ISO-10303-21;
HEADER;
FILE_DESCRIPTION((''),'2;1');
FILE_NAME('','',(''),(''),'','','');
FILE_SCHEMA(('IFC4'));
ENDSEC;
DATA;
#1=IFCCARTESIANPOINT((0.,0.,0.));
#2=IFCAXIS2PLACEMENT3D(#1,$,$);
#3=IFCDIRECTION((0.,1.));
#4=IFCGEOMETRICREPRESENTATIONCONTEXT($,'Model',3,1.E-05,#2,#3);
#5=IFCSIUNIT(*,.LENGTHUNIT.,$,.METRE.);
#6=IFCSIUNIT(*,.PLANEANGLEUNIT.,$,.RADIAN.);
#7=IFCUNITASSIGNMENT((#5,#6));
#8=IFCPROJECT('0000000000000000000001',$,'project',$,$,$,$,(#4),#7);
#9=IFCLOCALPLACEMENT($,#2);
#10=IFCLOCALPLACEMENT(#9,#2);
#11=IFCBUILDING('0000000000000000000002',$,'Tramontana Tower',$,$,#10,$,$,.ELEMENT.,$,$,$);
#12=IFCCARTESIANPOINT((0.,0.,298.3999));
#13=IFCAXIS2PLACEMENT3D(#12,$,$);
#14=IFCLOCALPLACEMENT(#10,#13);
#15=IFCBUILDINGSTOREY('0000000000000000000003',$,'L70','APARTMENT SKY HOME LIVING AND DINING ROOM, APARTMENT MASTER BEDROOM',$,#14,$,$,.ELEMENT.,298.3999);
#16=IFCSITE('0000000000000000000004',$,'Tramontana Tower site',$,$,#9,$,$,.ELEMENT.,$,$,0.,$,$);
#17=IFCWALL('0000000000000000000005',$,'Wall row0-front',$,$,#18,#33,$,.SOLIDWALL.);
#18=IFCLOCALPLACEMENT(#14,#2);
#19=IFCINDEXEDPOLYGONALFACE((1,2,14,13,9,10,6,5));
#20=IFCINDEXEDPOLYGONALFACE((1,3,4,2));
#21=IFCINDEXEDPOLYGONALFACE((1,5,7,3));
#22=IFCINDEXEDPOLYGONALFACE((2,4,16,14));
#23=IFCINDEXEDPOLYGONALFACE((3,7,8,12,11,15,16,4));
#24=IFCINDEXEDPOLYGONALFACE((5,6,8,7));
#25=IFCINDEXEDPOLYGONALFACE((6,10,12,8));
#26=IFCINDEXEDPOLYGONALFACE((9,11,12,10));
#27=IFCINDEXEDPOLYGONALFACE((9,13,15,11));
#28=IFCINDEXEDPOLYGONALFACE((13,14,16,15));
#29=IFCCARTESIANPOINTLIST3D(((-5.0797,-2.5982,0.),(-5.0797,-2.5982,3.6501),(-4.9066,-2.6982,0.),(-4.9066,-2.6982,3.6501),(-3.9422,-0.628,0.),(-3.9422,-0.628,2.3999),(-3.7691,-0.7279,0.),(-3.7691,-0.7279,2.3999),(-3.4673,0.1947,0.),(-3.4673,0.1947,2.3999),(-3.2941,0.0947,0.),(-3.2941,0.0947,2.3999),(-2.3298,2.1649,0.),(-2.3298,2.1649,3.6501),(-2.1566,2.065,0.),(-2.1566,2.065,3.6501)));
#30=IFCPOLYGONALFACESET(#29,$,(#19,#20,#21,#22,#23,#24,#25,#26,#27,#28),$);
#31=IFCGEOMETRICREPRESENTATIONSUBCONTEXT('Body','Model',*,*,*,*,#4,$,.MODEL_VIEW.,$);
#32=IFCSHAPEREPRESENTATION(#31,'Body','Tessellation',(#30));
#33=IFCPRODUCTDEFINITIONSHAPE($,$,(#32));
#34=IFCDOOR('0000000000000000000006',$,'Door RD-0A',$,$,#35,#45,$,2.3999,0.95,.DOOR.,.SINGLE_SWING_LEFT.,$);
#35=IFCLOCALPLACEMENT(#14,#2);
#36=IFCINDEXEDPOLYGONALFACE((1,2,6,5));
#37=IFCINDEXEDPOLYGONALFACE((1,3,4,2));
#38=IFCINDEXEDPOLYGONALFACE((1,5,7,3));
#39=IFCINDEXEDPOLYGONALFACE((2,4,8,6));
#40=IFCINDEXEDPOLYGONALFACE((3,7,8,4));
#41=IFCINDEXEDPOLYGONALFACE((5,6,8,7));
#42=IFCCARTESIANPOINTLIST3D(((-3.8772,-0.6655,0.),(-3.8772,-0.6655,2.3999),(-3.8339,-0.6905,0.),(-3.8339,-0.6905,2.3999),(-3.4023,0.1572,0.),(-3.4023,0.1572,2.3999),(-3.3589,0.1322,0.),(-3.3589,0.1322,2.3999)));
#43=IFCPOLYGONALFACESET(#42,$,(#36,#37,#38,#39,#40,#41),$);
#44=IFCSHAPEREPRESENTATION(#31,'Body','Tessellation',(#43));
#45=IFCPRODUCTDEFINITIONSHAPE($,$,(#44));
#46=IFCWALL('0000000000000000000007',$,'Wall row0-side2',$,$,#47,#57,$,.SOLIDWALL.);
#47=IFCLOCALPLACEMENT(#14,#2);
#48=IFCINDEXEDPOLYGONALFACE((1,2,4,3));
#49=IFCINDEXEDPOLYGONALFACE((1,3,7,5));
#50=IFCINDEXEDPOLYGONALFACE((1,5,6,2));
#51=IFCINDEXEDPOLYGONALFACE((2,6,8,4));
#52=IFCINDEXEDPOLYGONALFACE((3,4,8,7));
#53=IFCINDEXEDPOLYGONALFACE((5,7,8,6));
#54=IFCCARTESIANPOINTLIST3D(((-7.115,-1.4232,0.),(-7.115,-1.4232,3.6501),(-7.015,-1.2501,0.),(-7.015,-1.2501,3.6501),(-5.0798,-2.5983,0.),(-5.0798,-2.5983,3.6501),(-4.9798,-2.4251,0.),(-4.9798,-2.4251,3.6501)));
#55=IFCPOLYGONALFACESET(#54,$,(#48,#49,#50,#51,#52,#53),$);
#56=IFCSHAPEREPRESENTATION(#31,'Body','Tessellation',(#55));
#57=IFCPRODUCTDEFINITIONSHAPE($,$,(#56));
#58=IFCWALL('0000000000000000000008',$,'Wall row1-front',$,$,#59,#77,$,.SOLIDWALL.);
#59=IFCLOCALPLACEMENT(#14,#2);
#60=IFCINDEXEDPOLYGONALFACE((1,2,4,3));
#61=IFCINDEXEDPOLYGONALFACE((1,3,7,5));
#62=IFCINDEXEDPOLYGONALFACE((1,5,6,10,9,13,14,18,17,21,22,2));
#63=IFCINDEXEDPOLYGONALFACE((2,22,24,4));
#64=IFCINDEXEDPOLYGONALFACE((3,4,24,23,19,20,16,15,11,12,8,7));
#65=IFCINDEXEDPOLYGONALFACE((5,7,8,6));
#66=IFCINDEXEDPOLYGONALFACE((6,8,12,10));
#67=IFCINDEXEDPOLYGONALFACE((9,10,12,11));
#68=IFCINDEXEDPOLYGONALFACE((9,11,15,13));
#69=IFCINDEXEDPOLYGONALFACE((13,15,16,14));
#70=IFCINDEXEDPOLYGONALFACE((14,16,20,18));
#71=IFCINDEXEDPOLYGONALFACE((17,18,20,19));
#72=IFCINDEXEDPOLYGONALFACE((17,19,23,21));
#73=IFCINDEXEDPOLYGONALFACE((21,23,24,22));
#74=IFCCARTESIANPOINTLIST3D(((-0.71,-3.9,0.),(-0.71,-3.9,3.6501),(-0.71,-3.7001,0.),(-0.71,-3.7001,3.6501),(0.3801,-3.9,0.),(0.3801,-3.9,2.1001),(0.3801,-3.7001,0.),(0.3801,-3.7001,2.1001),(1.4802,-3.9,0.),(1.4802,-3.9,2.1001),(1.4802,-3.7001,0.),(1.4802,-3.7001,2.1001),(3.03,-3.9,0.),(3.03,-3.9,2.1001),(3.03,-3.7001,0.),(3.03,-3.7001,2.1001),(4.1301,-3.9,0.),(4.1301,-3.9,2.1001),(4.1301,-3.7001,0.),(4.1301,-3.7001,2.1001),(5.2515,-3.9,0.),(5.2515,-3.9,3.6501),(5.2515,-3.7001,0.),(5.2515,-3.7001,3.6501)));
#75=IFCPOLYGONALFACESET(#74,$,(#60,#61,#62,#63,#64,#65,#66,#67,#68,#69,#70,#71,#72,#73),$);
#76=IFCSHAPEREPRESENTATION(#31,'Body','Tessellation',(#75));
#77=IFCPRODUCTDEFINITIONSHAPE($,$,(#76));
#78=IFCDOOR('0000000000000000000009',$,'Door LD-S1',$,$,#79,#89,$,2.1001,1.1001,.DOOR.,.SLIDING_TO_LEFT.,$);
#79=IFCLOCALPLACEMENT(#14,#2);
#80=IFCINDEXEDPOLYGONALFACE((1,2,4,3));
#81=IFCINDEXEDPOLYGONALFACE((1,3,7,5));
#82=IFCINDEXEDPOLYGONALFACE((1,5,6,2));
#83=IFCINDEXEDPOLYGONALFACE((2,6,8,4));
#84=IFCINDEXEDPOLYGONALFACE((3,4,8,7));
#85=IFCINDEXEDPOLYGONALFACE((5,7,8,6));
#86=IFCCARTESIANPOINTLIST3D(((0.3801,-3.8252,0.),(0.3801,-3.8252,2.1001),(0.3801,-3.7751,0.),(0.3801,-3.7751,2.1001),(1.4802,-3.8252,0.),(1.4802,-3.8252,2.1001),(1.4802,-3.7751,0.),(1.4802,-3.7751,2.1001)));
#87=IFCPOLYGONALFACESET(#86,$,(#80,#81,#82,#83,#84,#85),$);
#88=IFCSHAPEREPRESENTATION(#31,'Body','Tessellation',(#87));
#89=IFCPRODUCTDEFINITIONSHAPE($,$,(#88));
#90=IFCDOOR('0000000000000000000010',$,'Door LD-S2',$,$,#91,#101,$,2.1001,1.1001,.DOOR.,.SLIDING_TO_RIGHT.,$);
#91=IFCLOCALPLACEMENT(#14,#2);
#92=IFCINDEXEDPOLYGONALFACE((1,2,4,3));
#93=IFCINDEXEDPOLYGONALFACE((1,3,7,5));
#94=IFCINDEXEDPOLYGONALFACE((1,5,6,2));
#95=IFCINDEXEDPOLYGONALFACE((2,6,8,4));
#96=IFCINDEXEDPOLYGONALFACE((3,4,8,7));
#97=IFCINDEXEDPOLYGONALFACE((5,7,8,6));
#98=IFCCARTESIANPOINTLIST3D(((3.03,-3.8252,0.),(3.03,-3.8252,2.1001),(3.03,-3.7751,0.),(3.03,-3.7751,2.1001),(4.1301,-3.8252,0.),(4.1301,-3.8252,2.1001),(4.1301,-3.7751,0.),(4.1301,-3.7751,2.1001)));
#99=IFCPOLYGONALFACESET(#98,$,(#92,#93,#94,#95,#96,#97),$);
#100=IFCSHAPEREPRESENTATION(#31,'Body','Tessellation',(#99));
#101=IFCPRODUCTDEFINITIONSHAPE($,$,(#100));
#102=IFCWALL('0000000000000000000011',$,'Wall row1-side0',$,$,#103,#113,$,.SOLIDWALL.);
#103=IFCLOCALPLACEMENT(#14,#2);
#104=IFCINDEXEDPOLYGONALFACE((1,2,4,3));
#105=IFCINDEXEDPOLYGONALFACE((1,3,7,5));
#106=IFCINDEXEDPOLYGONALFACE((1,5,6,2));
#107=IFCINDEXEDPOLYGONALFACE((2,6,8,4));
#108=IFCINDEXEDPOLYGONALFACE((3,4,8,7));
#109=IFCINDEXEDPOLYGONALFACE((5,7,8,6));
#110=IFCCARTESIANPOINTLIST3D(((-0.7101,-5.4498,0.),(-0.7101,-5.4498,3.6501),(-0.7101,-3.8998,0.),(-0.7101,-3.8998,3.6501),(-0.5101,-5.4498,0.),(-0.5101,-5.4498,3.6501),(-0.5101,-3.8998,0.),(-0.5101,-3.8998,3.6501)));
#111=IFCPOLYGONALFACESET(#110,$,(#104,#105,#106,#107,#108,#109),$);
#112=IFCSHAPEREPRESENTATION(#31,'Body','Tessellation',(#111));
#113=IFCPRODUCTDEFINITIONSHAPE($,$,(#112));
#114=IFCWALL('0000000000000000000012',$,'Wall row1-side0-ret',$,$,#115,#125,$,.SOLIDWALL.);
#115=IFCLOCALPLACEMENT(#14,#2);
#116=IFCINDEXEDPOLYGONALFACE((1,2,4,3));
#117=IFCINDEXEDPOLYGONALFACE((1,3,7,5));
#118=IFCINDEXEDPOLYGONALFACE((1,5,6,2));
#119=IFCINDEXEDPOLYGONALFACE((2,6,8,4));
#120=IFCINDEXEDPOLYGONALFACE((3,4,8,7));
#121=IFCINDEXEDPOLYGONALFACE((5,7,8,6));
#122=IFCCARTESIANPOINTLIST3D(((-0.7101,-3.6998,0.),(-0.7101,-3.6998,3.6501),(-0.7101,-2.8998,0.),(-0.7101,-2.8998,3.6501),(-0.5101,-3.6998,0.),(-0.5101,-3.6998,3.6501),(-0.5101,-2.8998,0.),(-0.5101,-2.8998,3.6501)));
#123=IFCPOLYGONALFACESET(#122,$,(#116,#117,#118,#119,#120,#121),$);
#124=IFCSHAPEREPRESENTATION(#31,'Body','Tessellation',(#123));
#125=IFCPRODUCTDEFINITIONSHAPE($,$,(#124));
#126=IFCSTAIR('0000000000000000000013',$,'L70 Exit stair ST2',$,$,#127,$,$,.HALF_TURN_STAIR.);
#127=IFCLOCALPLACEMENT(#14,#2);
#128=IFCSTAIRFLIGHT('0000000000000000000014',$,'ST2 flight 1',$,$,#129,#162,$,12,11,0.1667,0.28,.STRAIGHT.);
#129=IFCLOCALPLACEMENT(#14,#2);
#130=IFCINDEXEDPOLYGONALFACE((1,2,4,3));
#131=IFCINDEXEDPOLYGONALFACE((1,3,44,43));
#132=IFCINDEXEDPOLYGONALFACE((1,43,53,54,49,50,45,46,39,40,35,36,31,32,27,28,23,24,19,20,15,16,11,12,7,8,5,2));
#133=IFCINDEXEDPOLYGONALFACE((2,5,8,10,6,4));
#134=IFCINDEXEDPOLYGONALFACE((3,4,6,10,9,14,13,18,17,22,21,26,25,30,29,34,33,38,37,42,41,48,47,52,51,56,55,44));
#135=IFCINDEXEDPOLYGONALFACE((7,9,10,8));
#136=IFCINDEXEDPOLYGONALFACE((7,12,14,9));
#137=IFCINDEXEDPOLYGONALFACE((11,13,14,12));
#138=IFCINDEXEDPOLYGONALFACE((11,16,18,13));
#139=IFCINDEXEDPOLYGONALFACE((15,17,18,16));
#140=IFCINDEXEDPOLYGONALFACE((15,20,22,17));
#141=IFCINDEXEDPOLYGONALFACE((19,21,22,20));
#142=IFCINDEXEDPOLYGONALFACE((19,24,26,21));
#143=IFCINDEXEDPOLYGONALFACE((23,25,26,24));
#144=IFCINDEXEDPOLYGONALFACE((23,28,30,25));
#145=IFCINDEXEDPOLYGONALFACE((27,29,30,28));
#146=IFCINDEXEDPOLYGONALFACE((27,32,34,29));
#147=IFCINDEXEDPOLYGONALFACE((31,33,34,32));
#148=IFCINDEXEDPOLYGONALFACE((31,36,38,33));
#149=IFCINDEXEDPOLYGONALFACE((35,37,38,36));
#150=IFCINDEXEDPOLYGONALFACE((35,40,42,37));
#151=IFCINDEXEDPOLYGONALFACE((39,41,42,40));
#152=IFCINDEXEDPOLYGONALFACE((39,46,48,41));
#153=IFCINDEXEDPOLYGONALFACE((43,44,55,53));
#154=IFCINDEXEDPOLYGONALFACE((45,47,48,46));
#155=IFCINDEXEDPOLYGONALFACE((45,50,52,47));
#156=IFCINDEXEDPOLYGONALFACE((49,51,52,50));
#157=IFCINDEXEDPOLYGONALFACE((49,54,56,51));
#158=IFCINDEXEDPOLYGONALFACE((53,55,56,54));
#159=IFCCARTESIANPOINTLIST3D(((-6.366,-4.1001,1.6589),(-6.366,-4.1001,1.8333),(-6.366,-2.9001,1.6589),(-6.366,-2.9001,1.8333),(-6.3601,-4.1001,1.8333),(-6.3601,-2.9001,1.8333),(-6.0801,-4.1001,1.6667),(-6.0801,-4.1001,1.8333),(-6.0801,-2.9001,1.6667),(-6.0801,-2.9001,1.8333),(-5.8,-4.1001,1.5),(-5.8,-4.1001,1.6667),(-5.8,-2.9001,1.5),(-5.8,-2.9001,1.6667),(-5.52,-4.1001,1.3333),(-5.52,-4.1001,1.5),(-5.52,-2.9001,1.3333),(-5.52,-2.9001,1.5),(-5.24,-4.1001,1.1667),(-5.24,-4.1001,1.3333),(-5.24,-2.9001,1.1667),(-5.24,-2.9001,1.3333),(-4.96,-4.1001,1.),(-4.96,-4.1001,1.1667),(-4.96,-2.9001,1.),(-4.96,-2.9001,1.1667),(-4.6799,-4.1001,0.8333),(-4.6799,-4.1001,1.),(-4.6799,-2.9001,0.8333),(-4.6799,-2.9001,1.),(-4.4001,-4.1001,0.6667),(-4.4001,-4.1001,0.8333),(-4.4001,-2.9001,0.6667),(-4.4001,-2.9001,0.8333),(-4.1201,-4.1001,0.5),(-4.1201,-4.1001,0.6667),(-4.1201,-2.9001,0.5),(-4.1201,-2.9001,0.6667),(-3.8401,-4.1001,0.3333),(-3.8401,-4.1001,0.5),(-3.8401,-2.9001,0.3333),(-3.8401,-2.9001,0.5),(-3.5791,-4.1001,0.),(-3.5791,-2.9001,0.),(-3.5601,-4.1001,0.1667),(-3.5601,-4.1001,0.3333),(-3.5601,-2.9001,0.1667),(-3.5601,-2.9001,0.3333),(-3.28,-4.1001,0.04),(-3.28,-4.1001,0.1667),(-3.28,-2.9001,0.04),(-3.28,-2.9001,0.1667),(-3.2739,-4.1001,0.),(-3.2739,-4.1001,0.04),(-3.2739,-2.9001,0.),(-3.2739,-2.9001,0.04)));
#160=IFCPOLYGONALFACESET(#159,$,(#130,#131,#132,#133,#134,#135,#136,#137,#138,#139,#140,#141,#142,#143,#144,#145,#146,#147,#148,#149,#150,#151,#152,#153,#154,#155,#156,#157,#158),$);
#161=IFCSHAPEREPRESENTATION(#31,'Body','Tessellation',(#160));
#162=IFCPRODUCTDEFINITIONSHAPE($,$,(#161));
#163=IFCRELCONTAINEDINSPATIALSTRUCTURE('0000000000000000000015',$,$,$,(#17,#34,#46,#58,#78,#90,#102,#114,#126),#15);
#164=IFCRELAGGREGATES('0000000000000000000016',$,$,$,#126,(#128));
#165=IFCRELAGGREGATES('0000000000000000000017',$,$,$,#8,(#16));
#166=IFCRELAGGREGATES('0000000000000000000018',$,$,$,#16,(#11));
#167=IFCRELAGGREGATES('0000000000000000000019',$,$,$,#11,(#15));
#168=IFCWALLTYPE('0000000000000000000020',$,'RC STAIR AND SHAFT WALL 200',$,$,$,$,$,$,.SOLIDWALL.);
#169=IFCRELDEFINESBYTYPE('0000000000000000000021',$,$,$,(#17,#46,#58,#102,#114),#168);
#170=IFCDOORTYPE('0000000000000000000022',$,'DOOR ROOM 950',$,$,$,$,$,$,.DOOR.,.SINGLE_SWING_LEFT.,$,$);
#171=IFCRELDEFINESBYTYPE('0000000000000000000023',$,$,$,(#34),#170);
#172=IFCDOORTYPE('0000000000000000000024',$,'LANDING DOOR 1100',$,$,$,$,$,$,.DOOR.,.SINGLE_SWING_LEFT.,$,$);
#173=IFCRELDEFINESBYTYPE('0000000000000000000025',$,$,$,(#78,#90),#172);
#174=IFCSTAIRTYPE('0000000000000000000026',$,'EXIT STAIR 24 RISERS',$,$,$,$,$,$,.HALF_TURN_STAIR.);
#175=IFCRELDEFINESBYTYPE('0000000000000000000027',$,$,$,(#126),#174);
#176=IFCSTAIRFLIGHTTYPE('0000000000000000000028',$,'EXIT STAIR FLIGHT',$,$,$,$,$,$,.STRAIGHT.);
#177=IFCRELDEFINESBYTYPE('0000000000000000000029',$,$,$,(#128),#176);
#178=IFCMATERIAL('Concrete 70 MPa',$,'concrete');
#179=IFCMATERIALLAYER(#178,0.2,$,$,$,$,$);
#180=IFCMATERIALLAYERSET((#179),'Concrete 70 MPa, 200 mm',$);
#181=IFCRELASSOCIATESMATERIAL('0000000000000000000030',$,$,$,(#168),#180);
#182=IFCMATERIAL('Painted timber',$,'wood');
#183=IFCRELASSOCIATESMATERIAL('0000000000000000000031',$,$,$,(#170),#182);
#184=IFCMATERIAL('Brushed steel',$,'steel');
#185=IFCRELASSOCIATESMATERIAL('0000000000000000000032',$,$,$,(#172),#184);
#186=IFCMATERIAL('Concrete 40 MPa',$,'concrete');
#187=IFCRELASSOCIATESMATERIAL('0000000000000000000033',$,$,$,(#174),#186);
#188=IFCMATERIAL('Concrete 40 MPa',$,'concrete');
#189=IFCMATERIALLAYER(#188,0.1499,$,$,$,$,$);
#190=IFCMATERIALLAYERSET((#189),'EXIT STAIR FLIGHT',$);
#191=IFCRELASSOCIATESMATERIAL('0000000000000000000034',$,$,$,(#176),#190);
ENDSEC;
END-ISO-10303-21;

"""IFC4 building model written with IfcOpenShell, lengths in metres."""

from ifc_helpers import new_model, si_unit, direction, frame, frame_2d, origin, place, context, subcontext, project, spatial, polyline, rectangle, outline, extrude, material, layer, layer_set, type_object, element, fill, aggregate, save


model = new_model("IFC4")

# Units and contexts
model_context = context("Model", 3, precision=1e-05, world=origin(), true_north=direction((0.0, 1.0)))
body_context = subcontext(model_context, "Body", "Model", "MODEL_VIEW")
ifc_project = project(units=[si_unit("LENGTHUNIT", "METRE"), si_unit("PLANEANGLEUNIT", "RADIAN")], contexts=[model_context])

# Site, building, storey
site_placement = place(None, origin())
site = spatial("IfcSite", under=ifc_project, at=site_placement, Name="Tramontana Tower site", CompositionType="ELEMENT", RefElevation=0.0)
building_placement = place(site_placement, origin())
building = spatial("IfcBuilding", under=site, at=building_placement, Name="Tramontana Tower", CompositionType="ELEMENT")
storey_placement = place(building_placement, frame((0.0, 0.0, 298.3999)))
storey = spatial("IfcBuildingStorey", under=building, at=storey_placement, Name="L70", Description="APARTMENT SKY HOME LIVING AND DINING ROOM, APARTMENT MASTER BEDROOM", CompositionType="ELEMENT", Elevation=298.3999)

# Wall, opening, door
ifc_material_1 = material(Name="Concrete 70 MPa", Category="concrete")
ifc_layer_1 = layer(ifc_material_1, 0.2)
ifc_layer_set_1 = layer_set([ifc_layer_1], Name="Concrete 70 MPa, 200 mm")
wall_type_1 = type_object("IfcWallType", Name="RC STAIR AND SHAFT WALL 200", PredefinedType="SOLIDWALL", material=ifc_layer_set_1)
wall_1_placement = place(storey_placement, frame((-4.9932, -2.6482, 0.0), z_axis=(0.0, 0.0, 1.0), x_axis=(0.499997, 0.866027, 0.0)))
wall_1 = element("IfcWall", 1, at=wall_1_placement, inside=storey, type_object=wall_type_1, Name="Wall row0-front", PredefinedType="SOLIDWALL", context=body_context, shape_type="SweptSolid", body=[
    extrude(rectangle(XDim=5.5, YDim=0.2, at=frame_2d((2.75, 0.0))), origin(), (0.0, 0.0, 1.0), 3.6501),
])
opening_1_placement = place(wall_1_placement, frame((2.2749, 0.0, 0.0)))
opening_1 = element("IfcOpeningElement", 2, at=opening_1_placement, cuts=wall_1, PredefinedType="OPENING", context=body_context, shape_type="SweptSolid", body=[
    extrude(rectangle(XDim=0.95, YDim=2.3999, at=frame_2d((0.4751, 1.2))), frame((0.0, 0.1099, 0.0), z_axis=(0.0, -1.0, 0.0), x_axis=(1.0, 0.0, 0.0)), (0.0, 0.0, 1.0), 0.22),
])
ifc_material_2 = material(Name="Painted timber", Category="wood")
door_type_1 = type_object("IfcDoorType", Name="DOOR ROOM 950", OperationType="SINGLE_SWING_LEFT", PredefinedType="DOOR", material=ifc_material_2)
door_1_placement = place(opening_1_placement, origin())
door_1 = element("IfcDoor", 3, at=door_1_placement, inside=storey, type_object=door_type_1, Name="Door RD-0A", OperationType="SINGLE_SWING_LEFT", OverallHeight=2.3999, OverallWidth=0.95, PredefinedType="DOOR", context=body_context, shape_type="SweptSolid", body=[
    extrude(rectangle(XDim=0.95, YDim=2.3999, at=frame_2d((0.4751, 1.2))), frame((0.0, 0.0249, 0.0), z_axis=(0.0, -1.0, 0.0), x_axis=(1.0, 0.0, 0.0)), (0.0, 0.0, 1.0), 0.05),
])
fill(opening_1, door_1)

# Wall
wall_2_placement = place(storey_placement, frame((-5.0298, -2.5117, 0.0), z_axis=(0.0, 0.0, 1.0), x_axis=(-0.866016, 0.500016, 0.0)))
element("IfcWall", 4, at=wall_2_placement, inside=storey, type_object=wall_type_1, Name="Wall row0-side2", PredefinedType="SOLIDWALL", context=body_context, shape_type="SweptSolid", body=[
    extrude(rectangle(XDim=2.3501, YDim=0.2, at=frame_2d((1.175, 0.0))), origin(), (0.0, 0.0, 1.0), 3.6501),
])

# Wall, openings, doors
wall_3_placement = place(storey_placement, frame((-0.71, -3.8, 0.0), z_axis=(0.0, 0.0, 1.0), x_axis=(1.0, 0.0, 0.0)))
wall_3 = element("IfcWall", 5, at=wall_3_placement, inside=storey, type_object=wall_type_1, Name="Wall row1-front", PredefinedType="SOLIDWALL", context=body_context, shape_type="SweptSolid", body=[
    extrude(rectangle(XDim=5.9614, YDim=0.2, at=frame_2d((2.9807, 0.0))), origin(), (0.0, 0.0, 1.0), 3.6501),
])
opening_2_placement = place(wall_3_placement, frame((1.0901, 0.0, 0.0)))
opening_2 = element("IfcOpeningElement", 6, at=opening_2_placement, cuts=wall_3, PredefinedType="OPENING", context=body_context, shape_type="SweptSolid", body=[
    extrude(rectangle(XDim=1.1001, YDim=2.1001, at=frame_2d((0.55, 1.05))), frame((0.0, 0.1099, 0.0), z_axis=(0.0, -1.0, 0.0), x_axis=(1.0, 0.0, 0.0)), (0.0, 0.0, 1.0), 0.22),
])
opening_3_placement = place(wall_3_placement, frame((3.74, 0.0, 0.0)))
opening_3 = element("IfcOpeningElement", 7, at=opening_3_placement, cuts=wall_3, PredefinedType="OPENING", context=body_context, shape_type="SweptSolid", body=[
    extrude(rectangle(XDim=1.1001, YDim=2.1001, at=frame_2d((0.55, 1.05))), frame((0.0, 0.1099, 0.0), z_axis=(0.0, -1.0, 0.0), x_axis=(1.0, 0.0, 0.0)), (0.0, 0.0, 1.0), 0.22),
])
ifc_material_3 = material(Name="Brushed steel", Category="steel")
door_type_2 = type_object("IfcDoorType", Name="LANDING DOOR 1100", OperationType="SINGLE_SWING_LEFT", PredefinedType="DOOR", material=ifc_material_3)
door_2_placement = place(opening_2_placement, origin())
door_2 = element("IfcDoor", 8, at=door_2_placement, inside=storey, type_object=door_type_2, Name="Door LD-S1", OperationType="SLIDING_TO_LEFT", OverallHeight=2.1001, OverallWidth=1.1001, PredefinedType="DOOR", context=body_context, shape_type="SweptSolid", body=[
    extrude(rectangle(XDim=1.1001, YDim=2.1001, at=frame_2d((0.55, 1.05))), frame((0.0, 0.0249, 0.0), z_axis=(0.0, -1.0, 0.0), x_axis=(1.0, 0.0, 0.0)), (0.0, 0.0, 1.0), 0.05),
])
fill(opening_2, door_2)
door_3_placement = place(opening_3_placement, origin())
door_3 = element("IfcDoor", 9, at=door_3_placement, inside=storey, type_object=door_type_2, Name="Door LD-S2", OperationType="SLIDING_TO_RIGHT", OverallHeight=2.1001, OverallWidth=1.1001, PredefinedType="DOOR", context=body_context, shape_type="SweptSolid", body=[
    extrude(rectangle(XDim=1.1001, YDim=2.1001, at=frame_2d((0.55, 1.05))), frame((0.0, 0.0249, 0.0), z_axis=(0.0, -1.0, 0.0), x_axis=(1.0, 0.0, 0.0)), (0.0, 0.0, 1.0), 0.05),
])
fill(opening_3, door_3)

# Walls
wall_4_placement = place(storey_placement, frame((-0.6101, -3.8999, 0.0), z_axis=(0.0, 0.0, 1.0), x_axis=(0.0, -1.0, 0.0)))
element("IfcWall", 10, at=wall_4_placement, inside=storey, type_object=wall_type_1, Name="Wall row1-side0", PredefinedType="SOLIDWALL", context=body_context, shape_type="SweptSolid", body=[
    extrude(rectangle(XDim=1.55, YDim=0.2, at=frame_2d((0.7749, 0.0))), origin(), (0.0, 0.0, 1.0), 3.6501),
])
wall_5_placement = place(storey_placement, frame((-0.6101, -2.8999, 0.0), z_axis=(0.0, 0.0, 1.0), x_axis=(0.0, -1.0, 0.0)))
element("IfcWall", 11, at=wall_5_placement, inside=storey, type_object=wall_type_1, Name="Wall row1-side0-ret", PredefinedType="SOLIDWALL", context=body_context, shape_type="SweptSolid", body=[
    extrude(rectangle(XDim=0.8, YDim=0.2, at=frame_2d((0.3999, 0.0))), origin(), (0.0, 0.0, 1.0), 3.6501),
])

# Stair, stair flight
ifc_material_4 = material(Name="Concrete 40 MPa", Category="concrete")
stair_type = type_object("IfcStairType", Name="EXIT STAIR 24 RISERS", PredefinedType="HALF_TURN_STAIR", material=ifc_material_4)
stair_placement = place(storey_placement, origin())
stair = element("IfcStair", 12, at=stair_placement, inside=storey, type_object=stair_type, Name="L70 Exit stair ST2", PredefinedType="HALF_TURN_STAIR")
ifc_material_5 = material(Name="Concrete 40 MPa", Category="concrete")
ifc_layer_2 = layer(ifc_material_5, 0.1499)
ifc_layer_set_2 = layer_set([ifc_layer_2], Name="EXIT STAIR FLIGHT")
stair_flight_type = type_object("IfcStairFlightType", Name="EXIT STAIR FLIGHT", PredefinedType="STRAIGHT", material=ifc_layer_set_2)
stair_flight_1_placement = place(storey_placement, frame((-3.28, -3.5, 0.0), z_axis=(0.0, 0.0, 1.0), x_axis=(-1.0, 0.0, 0.0)))
stair_flight_1 = element("IfcStairFlight", 13, at=stair_flight_1_placement, type_object=stair_flight_type, Name="ST2 flight 1", NumberOfRisers=12, NumberOfTreads=11, PredefinedType="STRAIGHT", RiserHeight=0.1667, TreadLength=0.28, context=body_context, shape_type="SweptSolid", body=[
    extrude(outline(polyline([(-0.0061, 0.0), (-0.0061, 0.04), (0.0, 0.04), (0.0, 0.1667), (0.28, 0.1667), (0.28, 0.3333), (0.5601, 0.3333), (0.5601, 0.5), (0.8401, 0.5), (0.8401, 0.6667), (1.1201, 0.6667), (1.1201, 0.8333), (1.3999, 0.8333), (1.3999, 1.0), (1.6799, 1.0), (1.6799, 1.1667), (1.96, 1.1667), (1.96, 1.3333), (2.24, 1.3333), (2.24, 1.5), (2.52, 1.5), (2.52, 1.6667), (2.8, 1.6667), (2.8, 1.8333), (3.0801, 1.8333), (3.0859, 1.8333), (3.0859, 1.6589), (0.2991, 0.0), (-0.0061, 0.0)])), frame((0.0, 0.6001, 0.0), z_axis=(0.0, -1.0, 0.0), x_axis=(1.0, 0.0, 0.0)), (0.0, 0.0, 1.0), 1.2),
])
aggregate(stair, [stair_flight_1])

save(model, "model.ifc")
